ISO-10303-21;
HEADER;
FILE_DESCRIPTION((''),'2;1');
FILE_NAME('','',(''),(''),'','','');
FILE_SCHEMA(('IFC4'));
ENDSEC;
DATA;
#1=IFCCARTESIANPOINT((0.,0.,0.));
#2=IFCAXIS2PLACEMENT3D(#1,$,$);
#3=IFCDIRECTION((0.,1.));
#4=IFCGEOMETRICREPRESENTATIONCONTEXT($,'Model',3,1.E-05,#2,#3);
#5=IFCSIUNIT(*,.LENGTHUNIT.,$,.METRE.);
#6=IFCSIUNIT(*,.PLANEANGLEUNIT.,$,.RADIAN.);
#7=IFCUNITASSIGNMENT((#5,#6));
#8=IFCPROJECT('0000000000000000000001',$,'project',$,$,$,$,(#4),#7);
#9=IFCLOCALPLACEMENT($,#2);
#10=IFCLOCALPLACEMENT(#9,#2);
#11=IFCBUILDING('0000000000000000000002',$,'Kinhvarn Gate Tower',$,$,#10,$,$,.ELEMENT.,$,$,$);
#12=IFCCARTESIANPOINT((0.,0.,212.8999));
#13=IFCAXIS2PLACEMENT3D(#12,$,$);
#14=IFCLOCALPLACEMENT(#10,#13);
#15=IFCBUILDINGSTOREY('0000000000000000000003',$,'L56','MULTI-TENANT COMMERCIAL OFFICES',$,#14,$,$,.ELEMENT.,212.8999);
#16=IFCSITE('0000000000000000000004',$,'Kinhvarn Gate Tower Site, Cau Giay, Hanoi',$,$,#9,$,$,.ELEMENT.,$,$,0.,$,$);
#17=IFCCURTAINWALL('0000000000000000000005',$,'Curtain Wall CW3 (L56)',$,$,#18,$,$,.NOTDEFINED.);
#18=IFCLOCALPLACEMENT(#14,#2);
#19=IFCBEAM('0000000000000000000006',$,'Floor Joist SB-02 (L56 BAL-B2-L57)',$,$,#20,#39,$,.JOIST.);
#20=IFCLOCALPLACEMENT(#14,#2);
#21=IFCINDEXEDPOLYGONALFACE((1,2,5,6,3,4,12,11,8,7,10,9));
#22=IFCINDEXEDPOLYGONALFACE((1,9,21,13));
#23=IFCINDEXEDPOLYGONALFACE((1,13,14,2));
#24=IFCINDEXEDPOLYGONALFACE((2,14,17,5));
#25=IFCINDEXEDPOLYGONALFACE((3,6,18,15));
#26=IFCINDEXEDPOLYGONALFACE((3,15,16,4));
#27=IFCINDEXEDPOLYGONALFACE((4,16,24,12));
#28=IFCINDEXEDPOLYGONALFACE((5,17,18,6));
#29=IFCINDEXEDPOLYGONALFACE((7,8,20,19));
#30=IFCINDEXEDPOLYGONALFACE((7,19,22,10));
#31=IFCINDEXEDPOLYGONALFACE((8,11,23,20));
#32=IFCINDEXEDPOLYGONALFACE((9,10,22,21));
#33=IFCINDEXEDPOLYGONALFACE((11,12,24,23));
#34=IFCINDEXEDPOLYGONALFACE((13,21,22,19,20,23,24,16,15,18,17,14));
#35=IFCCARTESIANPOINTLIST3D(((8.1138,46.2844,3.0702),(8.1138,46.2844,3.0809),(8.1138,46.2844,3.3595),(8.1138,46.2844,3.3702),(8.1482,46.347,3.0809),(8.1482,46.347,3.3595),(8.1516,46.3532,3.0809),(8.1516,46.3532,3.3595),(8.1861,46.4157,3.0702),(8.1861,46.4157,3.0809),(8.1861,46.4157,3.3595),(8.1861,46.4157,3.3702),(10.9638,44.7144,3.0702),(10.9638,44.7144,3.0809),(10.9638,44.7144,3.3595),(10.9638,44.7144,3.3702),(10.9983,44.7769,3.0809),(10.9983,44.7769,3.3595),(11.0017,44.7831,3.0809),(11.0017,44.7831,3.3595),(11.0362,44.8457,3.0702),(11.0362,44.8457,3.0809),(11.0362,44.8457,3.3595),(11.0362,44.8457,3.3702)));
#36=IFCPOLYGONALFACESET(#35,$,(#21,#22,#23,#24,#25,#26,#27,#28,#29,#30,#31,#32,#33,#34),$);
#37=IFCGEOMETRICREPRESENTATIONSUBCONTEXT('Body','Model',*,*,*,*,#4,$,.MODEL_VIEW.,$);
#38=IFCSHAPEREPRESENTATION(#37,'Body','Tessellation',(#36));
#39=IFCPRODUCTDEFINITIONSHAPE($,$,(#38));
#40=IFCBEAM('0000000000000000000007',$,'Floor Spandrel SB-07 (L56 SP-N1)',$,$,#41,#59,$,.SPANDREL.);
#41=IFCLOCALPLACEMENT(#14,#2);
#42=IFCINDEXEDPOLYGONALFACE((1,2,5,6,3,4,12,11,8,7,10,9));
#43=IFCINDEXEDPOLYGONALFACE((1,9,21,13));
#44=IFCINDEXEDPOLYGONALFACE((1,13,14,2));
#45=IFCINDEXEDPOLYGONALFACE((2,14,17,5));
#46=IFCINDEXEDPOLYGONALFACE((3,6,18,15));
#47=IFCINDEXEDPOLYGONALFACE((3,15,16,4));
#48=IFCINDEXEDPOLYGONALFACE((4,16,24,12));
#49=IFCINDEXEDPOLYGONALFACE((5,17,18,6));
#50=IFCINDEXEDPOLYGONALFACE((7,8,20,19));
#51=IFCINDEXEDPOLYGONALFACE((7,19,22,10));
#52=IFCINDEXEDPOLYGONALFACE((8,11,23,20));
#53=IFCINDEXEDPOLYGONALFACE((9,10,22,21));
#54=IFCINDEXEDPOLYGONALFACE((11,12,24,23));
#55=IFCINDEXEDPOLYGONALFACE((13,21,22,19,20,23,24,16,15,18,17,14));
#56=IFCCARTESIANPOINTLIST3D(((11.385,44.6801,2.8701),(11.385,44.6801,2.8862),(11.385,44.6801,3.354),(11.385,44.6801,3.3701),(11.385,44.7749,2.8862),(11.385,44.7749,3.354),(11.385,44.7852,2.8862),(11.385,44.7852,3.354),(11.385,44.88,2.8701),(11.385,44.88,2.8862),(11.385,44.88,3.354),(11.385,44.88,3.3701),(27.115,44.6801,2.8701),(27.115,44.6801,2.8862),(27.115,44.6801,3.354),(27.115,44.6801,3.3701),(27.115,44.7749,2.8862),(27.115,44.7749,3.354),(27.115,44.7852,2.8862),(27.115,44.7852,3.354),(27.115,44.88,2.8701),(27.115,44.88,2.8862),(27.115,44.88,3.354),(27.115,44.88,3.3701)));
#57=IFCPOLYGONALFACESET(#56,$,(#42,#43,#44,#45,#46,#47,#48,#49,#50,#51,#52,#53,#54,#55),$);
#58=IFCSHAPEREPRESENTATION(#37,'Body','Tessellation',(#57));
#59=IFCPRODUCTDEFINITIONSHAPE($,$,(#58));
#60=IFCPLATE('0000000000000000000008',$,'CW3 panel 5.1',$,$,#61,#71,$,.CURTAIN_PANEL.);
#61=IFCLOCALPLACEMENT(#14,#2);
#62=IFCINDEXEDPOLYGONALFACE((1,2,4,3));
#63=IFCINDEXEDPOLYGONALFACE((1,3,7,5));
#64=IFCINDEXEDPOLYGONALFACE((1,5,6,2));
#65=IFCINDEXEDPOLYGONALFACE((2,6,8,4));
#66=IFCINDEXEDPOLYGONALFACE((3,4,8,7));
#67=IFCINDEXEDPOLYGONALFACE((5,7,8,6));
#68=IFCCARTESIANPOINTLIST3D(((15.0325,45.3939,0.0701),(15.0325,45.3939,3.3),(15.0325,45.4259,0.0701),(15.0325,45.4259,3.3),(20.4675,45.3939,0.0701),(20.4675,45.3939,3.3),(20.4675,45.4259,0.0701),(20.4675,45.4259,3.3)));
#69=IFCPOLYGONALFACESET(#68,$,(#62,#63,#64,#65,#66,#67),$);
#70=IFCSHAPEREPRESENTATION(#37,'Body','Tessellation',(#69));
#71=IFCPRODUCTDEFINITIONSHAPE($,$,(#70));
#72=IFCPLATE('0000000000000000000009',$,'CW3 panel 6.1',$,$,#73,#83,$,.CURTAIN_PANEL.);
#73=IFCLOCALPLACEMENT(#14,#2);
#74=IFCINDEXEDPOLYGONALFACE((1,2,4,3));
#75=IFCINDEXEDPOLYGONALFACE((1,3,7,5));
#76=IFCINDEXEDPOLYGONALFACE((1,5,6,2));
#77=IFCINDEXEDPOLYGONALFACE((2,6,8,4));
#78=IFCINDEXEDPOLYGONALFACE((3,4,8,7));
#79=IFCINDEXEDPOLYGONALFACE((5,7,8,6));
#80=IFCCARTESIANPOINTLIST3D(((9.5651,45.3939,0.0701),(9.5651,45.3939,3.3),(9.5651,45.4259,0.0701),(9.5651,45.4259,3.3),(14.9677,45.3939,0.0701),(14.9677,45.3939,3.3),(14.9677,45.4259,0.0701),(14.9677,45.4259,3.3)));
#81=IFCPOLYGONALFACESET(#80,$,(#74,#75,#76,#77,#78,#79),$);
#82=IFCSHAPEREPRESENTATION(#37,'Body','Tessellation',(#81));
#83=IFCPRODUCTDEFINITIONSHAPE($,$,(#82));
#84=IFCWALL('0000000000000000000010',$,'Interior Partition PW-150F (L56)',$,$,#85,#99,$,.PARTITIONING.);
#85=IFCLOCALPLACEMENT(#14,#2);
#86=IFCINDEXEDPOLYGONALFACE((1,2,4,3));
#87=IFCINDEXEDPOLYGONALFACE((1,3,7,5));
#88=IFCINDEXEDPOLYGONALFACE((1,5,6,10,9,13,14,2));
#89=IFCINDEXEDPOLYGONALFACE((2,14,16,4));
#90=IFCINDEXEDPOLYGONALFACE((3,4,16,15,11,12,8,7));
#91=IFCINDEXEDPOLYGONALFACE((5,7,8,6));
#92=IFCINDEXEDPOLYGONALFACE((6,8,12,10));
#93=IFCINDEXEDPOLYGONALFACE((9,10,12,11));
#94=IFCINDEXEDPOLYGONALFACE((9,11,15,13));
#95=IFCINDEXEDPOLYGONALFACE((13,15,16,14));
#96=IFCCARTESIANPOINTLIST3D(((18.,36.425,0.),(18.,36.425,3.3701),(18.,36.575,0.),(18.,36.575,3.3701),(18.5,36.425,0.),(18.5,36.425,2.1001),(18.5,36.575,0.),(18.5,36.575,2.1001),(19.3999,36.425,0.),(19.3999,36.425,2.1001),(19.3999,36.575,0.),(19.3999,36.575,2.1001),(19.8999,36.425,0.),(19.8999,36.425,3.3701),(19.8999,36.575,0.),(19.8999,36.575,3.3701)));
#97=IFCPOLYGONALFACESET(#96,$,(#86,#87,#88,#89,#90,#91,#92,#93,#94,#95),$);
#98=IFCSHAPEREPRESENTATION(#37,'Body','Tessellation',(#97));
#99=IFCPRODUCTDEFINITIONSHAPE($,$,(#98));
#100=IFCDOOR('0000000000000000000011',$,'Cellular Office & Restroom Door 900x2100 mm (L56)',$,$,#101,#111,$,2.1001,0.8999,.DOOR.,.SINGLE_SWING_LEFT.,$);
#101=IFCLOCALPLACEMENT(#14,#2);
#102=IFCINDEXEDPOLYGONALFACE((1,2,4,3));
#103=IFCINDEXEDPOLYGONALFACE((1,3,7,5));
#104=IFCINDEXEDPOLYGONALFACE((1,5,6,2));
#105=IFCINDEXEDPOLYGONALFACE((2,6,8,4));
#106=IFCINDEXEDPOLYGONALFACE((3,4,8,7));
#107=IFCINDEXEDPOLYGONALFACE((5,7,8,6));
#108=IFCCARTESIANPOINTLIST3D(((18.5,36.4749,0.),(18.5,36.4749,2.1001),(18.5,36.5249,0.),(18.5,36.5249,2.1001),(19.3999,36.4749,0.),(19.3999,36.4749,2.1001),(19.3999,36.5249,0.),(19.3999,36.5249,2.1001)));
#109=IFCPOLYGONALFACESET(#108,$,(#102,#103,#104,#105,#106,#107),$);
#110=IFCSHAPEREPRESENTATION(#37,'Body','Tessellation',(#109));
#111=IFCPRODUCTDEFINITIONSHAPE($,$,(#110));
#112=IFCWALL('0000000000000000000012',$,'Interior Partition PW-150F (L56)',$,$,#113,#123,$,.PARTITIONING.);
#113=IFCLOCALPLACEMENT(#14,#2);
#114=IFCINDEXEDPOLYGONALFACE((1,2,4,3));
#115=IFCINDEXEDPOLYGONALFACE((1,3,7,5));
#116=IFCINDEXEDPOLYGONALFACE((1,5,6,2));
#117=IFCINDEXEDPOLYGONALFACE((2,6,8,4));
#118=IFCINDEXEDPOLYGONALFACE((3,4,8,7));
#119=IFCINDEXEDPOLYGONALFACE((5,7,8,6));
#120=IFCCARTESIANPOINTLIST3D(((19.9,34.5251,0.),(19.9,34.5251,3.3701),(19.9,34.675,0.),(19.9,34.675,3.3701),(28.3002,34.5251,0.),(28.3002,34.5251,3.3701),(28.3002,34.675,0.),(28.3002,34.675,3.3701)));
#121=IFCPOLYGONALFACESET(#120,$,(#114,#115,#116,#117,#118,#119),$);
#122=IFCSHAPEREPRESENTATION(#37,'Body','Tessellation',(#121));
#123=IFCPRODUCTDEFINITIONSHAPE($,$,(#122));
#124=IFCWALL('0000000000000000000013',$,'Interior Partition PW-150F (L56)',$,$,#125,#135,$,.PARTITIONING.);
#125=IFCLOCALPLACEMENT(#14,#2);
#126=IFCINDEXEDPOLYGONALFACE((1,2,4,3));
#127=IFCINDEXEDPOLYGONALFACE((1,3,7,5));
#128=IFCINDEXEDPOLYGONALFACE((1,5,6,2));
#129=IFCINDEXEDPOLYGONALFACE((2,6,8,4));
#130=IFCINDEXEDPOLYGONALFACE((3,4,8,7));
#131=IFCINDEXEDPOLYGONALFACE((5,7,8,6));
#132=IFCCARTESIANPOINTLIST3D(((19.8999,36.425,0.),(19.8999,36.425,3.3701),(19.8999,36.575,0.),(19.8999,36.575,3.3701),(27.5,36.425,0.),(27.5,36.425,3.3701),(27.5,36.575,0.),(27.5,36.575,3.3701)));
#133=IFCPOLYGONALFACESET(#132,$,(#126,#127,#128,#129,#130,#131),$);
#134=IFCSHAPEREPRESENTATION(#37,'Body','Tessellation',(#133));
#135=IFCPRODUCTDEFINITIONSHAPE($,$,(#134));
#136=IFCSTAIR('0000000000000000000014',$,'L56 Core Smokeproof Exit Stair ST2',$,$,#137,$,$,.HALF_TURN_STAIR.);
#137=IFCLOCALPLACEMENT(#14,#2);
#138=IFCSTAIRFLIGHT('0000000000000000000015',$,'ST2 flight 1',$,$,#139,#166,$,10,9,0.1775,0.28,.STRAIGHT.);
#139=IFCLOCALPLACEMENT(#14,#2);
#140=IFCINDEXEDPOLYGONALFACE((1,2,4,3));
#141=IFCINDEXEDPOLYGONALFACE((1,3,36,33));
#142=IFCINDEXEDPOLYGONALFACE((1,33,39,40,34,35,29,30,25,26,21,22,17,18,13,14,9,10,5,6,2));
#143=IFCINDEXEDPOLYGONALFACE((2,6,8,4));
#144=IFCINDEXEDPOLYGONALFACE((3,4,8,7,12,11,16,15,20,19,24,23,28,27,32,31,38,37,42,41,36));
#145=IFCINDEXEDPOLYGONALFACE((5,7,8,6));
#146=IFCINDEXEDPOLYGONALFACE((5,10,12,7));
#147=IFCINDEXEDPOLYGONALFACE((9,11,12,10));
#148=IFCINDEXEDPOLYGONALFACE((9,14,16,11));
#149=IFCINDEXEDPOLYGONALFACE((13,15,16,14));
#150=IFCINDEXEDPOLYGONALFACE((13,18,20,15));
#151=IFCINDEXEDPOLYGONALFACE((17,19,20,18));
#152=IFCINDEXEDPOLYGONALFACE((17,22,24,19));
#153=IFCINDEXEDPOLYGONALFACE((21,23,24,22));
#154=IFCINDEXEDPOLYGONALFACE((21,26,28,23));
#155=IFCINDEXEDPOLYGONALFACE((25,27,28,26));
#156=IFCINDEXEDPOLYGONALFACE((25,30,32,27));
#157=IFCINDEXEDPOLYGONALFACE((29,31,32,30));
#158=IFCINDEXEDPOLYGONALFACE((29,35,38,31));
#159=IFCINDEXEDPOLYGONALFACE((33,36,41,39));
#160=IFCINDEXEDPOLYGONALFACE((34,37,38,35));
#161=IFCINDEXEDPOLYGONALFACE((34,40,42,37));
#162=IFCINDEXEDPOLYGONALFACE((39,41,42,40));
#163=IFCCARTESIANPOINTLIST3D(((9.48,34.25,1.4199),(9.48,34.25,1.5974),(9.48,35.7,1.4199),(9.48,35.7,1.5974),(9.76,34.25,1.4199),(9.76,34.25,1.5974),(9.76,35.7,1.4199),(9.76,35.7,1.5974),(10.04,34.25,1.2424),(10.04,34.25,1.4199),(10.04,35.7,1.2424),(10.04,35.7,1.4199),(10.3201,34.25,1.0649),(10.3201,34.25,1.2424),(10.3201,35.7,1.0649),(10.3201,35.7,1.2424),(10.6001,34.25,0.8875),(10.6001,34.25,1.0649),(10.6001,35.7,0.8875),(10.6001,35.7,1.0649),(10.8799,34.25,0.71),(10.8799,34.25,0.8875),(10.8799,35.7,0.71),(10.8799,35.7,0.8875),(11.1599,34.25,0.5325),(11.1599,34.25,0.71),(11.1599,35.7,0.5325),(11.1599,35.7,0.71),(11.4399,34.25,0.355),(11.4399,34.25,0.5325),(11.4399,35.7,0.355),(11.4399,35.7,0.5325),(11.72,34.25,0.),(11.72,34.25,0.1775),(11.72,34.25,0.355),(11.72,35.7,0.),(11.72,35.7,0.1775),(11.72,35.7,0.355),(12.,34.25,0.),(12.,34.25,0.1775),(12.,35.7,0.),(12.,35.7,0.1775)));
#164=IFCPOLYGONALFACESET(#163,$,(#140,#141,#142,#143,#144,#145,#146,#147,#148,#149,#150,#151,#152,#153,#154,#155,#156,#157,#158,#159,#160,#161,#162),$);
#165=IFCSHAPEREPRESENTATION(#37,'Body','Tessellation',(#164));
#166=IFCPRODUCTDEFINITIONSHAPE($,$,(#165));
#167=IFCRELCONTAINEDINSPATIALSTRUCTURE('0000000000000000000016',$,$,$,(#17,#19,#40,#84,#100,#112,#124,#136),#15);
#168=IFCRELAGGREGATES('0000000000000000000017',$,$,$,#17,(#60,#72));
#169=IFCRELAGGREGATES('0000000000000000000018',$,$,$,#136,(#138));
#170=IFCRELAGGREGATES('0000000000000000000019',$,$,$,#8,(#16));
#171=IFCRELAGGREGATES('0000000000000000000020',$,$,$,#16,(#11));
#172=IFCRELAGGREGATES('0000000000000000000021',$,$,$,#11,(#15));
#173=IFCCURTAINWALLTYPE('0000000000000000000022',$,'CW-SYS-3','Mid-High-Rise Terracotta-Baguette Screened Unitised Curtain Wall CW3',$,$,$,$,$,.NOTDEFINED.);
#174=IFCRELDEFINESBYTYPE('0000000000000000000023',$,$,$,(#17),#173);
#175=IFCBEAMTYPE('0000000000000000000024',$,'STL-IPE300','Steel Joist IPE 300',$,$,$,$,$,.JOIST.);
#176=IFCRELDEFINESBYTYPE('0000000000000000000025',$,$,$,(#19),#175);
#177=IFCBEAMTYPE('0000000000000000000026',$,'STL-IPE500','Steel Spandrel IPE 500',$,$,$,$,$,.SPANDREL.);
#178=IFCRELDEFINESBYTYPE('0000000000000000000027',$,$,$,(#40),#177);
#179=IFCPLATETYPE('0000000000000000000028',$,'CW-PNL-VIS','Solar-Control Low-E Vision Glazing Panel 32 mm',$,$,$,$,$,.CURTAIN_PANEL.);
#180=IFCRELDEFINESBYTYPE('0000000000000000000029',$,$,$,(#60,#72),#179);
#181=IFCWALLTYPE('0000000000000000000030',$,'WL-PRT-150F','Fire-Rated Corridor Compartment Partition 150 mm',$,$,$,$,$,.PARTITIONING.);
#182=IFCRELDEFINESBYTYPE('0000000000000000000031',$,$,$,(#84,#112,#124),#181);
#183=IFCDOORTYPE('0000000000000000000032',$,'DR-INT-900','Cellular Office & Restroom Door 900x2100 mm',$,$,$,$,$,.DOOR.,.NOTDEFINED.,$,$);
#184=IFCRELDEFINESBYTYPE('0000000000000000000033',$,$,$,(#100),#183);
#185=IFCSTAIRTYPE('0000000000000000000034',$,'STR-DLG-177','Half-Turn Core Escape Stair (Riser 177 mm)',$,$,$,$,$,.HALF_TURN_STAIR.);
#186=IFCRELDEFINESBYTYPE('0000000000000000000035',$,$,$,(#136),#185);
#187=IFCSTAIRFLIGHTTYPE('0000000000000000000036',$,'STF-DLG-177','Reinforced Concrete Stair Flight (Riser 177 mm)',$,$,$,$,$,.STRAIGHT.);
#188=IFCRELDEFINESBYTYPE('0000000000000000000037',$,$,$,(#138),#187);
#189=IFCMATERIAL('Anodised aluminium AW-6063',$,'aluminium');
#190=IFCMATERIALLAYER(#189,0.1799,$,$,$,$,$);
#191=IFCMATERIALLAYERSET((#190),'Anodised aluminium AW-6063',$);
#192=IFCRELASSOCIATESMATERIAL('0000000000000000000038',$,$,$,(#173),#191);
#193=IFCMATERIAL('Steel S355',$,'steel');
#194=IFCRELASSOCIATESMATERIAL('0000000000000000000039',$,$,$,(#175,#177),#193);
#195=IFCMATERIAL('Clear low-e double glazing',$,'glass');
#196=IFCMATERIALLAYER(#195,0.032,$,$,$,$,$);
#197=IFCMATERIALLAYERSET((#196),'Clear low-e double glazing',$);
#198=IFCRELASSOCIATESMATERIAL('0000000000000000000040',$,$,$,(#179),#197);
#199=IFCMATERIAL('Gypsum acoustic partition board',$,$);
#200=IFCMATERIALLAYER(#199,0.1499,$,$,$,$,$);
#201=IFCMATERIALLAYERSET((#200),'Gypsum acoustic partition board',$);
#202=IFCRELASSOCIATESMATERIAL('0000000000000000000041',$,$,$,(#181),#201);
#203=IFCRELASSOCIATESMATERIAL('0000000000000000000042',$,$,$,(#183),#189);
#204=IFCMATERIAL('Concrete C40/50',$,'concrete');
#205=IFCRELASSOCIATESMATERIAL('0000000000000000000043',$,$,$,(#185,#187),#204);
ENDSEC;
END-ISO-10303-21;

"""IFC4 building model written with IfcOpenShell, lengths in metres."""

from ifc_helpers import new_model, si_unit, direction, frame, frame_2d, origin, origin_2d, place, context, subcontext, project, spatial, polyline, rectangle, i_section, outline, extrude, material, layer, layer_set, material_profile, profile_set, type_object, element, fill, aggregate, save


model = new_model("IFC4")

# Units and contexts
model_context = context("Model", 3, precision=1e-05, world=origin(), true_north=direction((0.0, 1.0)))
body_context = subcontext(model_context, "Body", "Model", "MODEL_VIEW")
ifc_project = project(units=[si_unit("LENGTHUNIT", "METRE"), si_unit("PLANEANGLEUNIT", "RADIAN")], contexts=[model_context])

# Site, building, storey
site_placement = place(None, origin())
site = spatial("IfcSite", under=ifc_project, at=site_placement, Name="Kinhvarn Gate Tower Site, Cau Giay, Hanoi", CompositionType="ELEMENT", RefElevation=0.0)
building_placement = place(site_placement, origin())
building = spatial("IfcBuilding", under=site, at=building_placement, Name="Kinhvarn Gate Tower", CompositionType="ELEMENT")
storey_placement = place(building_placement, frame((0.0, 0.0, 212.8999)))
storey = spatial("IfcBuildingStorey", under=building, at=storey_placement, Name="L56", Description="MULTI-TENANT COMMERCIAL OFFICES", CompositionType="ELEMENT", Elevation=212.8999)

# Curtain wall
ifc_material_1 = material(Name="Anodised aluminium AW-6063", Category="aluminium")
ifc_layer_1 = layer(ifc_material_1, 0.1799)
ifc_layer_set_1 = layer_set([ifc_layer_1], Name="Anodised aluminium AW-6063")
curtain_wall_type = type_object("IfcCurtainWallType", Name="CW-SYS-3", Description="Mid-High-Rise Terracotta-Baguette Screened Unitised Curtain Wall CW3", PredefinedType="NOTDEFINED", material=ifc_layer_set_1)
curtain_wall_placement = place(storey_placement, origin())
curtain_wall = element("IfcCurtainWall", 1, at=curtain_wall_placement, inside=storey, type_object=curtain_wall_type, Name="Curtain Wall CW3 (L56)", PredefinedType="NOTDEFINED")

# Beams
ifc_material_2 = material(Name="Steel S355", Category="steel")
ifc_material_profile_1 = material_profile(ifc_material_2, i_section(OverallWidth=0.1499, OverallDepth=0.3, WebThickness=0.0071, FlangeThickness=0.0107, at=origin_2d()), Name="IPE 300")
ifc_profile_set_1 = profile_set([ifc_material_profile_1], Name="Steel S355")
beam_type_1 = type_object("IfcBeamType", Name="STL-IPE300", Description="Steel Joist IPE 300", PredefinedType="JOIST", material=ifc_profile_set_1)
beam_1_placement = place(storey_placement, frame((11.0, 44.78, 3.2202), z_axis=(-0.875889, 0.482512, 0.0), x_axis=(-0.482512, -0.875889, 0.0)))
element("IfcBeam", 2, at=beam_1_placement, inside=storey, type_object=beam_type_1, Name="Floor Joist SB-02 (L56 BAL-B2-L57)", PredefinedType="JOIST", context=body_context, shape_type="SweptSolid", body=[
    extrude(i_section(OverallWidth=0.1499, OverallDepth=0.3, WebThickness=0.0071, FlangeThickness=0.0107, at=origin_2d()), origin(), (0.0, 0.0, 1.0), 3.2539),
])
ifc_material_profile_2 = material_profile(ifc_material_2, i_section(OverallWidth=0.2, OverallDepth=0.5, WebThickness=0.0103, FlangeThickness=0.0161, at=origin_2d()), Name="IPE 500")
ifc_profile_set_2 = profile_set([ifc_material_profile_2], Name="Steel S355")
beam_type_2 = type_object("IfcBeamType", Name="STL-IPE500", Description="Steel Spandrel IPE 500", PredefinedType="SPANDREL", material=ifc_profile_set_2)
beam_2_placement = place(storey_placement, frame((11.385, 44.78, 3.1201), z_axis=(1.0, 0.0, 0.0), x_axis=(0.0, 1.0, 0.0)))
element("IfcBeam", 3, at=beam_2_placement, inside=storey, type_object=beam_type_2, Name="Floor Spandrel SB-07 (L56 SP-N1)", PredefinedType="SPANDREL", context=body_context, shape_type="SweptSolid", body=[
    extrude(i_section(OverallWidth=0.2, OverallDepth=0.5, WebThickness=0.0103, FlangeThickness=0.0161, at=origin_2d()), origin(), (0.0, 0.0, 1.0), 15.73),
])

# Plates
ifc_material_3 = material(Name="Clear low-e double glazing", Category="glass")
ifc_layer_2 = layer(ifc_material_3, 0.032)
ifc_layer_set_2 = layer_set([ifc_layer_2], Name="Clear low-e double glazing")
plate_type = type_object("IfcPlateType", Name="CW-PNL-VIS", Description="Solar-Control Low-E Vision Glazing Panel 32 mm", PredefinedType="CURTAIN_PANEL", material=ifc_layer_set_2)
plate_1_placement = place(storey_placement, frame((17.75, 45.4099, 0.0701), z_axis=(0.0, 0.0, 1.0), x_axis=(-1.0, 0.0, 0.0)))
plate_1 = element("IfcPlate", 4, at=plate_1_placement, type_object=plate_type, Name="CW3 panel 5.1", PredefinedType="CURTAIN_PANEL", context=body_context, shape_type="SweptSolid", body=[
    extrude(rectangle(XDim=5.4351, YDim=0.032, at=origin_2d()), origin(), (0.0, 0.0, 1.0), 3.23),
])
plate_2_placement = place(storey_placement, frame((12.2664, 45.4099, 0.0701), z_axis=(0.0, 0.0, 1.0), x_axis=(-1.0, 0.0, 0.0)))
plate_2 = element("IfcPlate", 5, at=plate_2_placement, type_object=plate_type, Name="CW3 panel 6.1", PredefinedType="CURTAIN_PANEL", context=body_context, shape_type="SweptSolid", body=[
    extrude(rectangle(XDim=5.4026, YDim=0.032, at=origin_2d()), origin(), (0.0, 0.0, 1.0), 3.23),
])
aggregate(curtain_wall, [plate_1, plate_2])

# Wall, opening, door
ifc_material_4 = material(Name="Gypsum acoustic partition board")
ifc_layer_3 = layer(ifc_material_4, 0.1499)
ifc_layer_set_3 = layer_set([ifc_layer_3], Name="Gypsum acoustic partition board")
wall_type = type_object("IfcWallType", Name="WL-PRT-150F", Description="Fire-Rated Corridor Compartment Partition 150 mm", PredefinedType="PARTITIONING", material=ifc_layer_set_3)
wall_1_placement = place(storey_placement, frame((18.0, 36.5, 0.0), z_axis=(0.0, 0.0, 1.0), x_axis=(1.0, 0.0, 0.0)))
wall_1 = element("IfcWall", 6, at=wall_1_placement, inside=storey, type_object=wall_type, Name="Interior Partition PW-150F (L56)", PredefinedType="PARTITIONING", context=body_context, shape_type="SweptSolid", body=[
    extrude(rectangle(XDim=1.8999, YDim=0.1499, at=frame_2d((0.95, 0.0))), origin(), (0.0, 0.0, 1.0), 3.3701),
])
opening_placement = place(wall_1_placement, frame((0.5, 0.0, 0.0)))
opening = element("IfcOpeningElement", 7, at=opening_placement, cuts=wall_1, PredefinedType="OPENING", context=body_context, shape_type="SweptSolid", body=[
    extrude(rectangle(XDim=0.8999, YDim=2.1001, at=frame_2d((0.45, 1.05))), frame((0.0, 0.085, 0.0), z_axis=(0.0, -1.0, 0.0), x_axis=(1.0, 0.0, 0.0)), (0.0, 0.0, 1.0), 0.1699),
])
door_type = type_object("IfcDoorType", Name="DR-INT-900", Description="Cellular Office & Restroom Door 900x2100 mm", OperationType="NOTDEFINED", PredefinedType="DOOR", material=ifc_material_1)
door_placement = place(opening_placement, origin())
door = element("IfcDoor", 8, at=door_placement, inside=storey, type_object=door_type, Name="Cellular Office & Restroom Door 900x2100 mm (L56)", OperationType="SINGLE_SWING_LEFT", OverallHeight=2.1001, OverallWidth=0.8999, PredefinedType="DOOR", context=body_context, shape_type="SweptSolid", body=[
    extrude(rectangle(XDim=0.8999, YDim=2.1001, at=frame_2d((0.45, 1.05))), frame((0.0, 0.0249, 0.0), z_axis=(0.0, -1.0, 0.0), x_axis=(1.0, 0.0, 0.0)), (0.0, 0.0, 1.0), 0.05),
])
fill(opening, door)

# Walls
wall_2_placement = place(storey_placement, frame((19.8999, 34.6001, 0.0), z_axis=(0.0, 0.0, 1.0), x_axis=(1.0, 0.0, 0.0)))
element("IfcWall", 9, at=wall_2_placement, inside=storey, type_object=wall_type, Name="Interior Partition PW-150F (L56)", PredefinedType="PARTITIONING", context=body_context, shape_type="SweptSolid", body=[
    extrude(rectangle(XDim=8.4001, YDim=0.1499, at=frame_2d((4.2002, 0.0))), origin(), (0.0, 0.0, 1.0), 3.3701),
])
wall_3_placement = place(storey_placement, frame((19.8999, 36.5, 0.0), z_axis=(0.0, 0.0, 1.0), x_axis=(1.0, 0.0, 0.0)))
element("IfcWall", 10, at=wall_3_placement, inside=storey, type_object=wall_type, Name="Interior Partition PW-150F (L56)", PredefinedType="PARTITIONING", context=body_context, shape_type="SweptSolid", body=[
    extrude(rectangle(XDim=7.6001, YDim=0.1499, at=frame_2d((3.8, 0.0))), origin(), (0.0, 0.0, 1.0), 3.3701),
])

# Stair, stair flight
ifc_material_5 = material(Name="Concrete C40/50", Category="concrete")
stair_type = type_object("IfcStairType", Name="STR-DLG-177", Description="Half-Turn Core Escape Stair (Riser 177 mm)", PredefinedType="HALF_TURN_STAIR", material=ifc_material_5)
stair_placement = place(storey_placement, origin())
stair = element("IfcStair", 11, at=stair_placement, inside=storey, type_object=stair_type, Name="L56 Core Smokeproof Exit Stair ST2", PredefinedType="HALF_TURN_STAIR")
stair_flight_type = type_object("IfcStairFlightType", Name="STF-DLG-177", Description="Reinforced Concrete Stair Flight (Riser 177 mm)", PredefinedType="STRAIGHT", material=ifc_material_5)
stair_flight_placement = place(storey_placement, frame((12.0, 34.9751, 0.0), z_axis=(0.0, 0.0, 1.0), x_axis=(-1.0, 0.0, 0.0)))
stair_flight = element("IfcStairFlight", 12, at=stair_flight_placement, type_object=stair_flight_type, Name="ST2 flight 1", NumberOfRisers=10, NumberOfTreads=9, PredefinedType="STRAIGHT", RiserHeight=0.1775, TreadLength=0.28, context=body_context, shape_type="SweptSolid", body=[
    extrude(outline(polyline([(0.0, 0.0), (0.0, 0.1775), (0.28, 0.1775), (0.28, 0.355), (0.5601, 0.355), (0.5601, 0.5325), (0.8401, 0.5325), (0.8401, 0.71), (1.1201, 0.71), (1.1201, 0.8875), (1.3999, 0.8875), (1.3999, 1.0649), (1.6799, 1.0649), (1.6799, 1.2424), (1.96, 1.2424), (1.96, 1.4199), (2.24, 1.4199), (2.24, 1.5974), (2.52, 1.5974), (2.52, 1.7749), (2.52, 1.4199), (0.28, 0.0), (0.0, 0.0)])), frame((0.0, 0.7251, 0.0), z_axis=(0.0, -1.0, 0.0), x_axis=(1.0, 0.0, 0.0)), (0.0, 0.0, 1.0), 1.45),
])
aggregate(stair, [stair_flight])

save(model, "model.ifc")
